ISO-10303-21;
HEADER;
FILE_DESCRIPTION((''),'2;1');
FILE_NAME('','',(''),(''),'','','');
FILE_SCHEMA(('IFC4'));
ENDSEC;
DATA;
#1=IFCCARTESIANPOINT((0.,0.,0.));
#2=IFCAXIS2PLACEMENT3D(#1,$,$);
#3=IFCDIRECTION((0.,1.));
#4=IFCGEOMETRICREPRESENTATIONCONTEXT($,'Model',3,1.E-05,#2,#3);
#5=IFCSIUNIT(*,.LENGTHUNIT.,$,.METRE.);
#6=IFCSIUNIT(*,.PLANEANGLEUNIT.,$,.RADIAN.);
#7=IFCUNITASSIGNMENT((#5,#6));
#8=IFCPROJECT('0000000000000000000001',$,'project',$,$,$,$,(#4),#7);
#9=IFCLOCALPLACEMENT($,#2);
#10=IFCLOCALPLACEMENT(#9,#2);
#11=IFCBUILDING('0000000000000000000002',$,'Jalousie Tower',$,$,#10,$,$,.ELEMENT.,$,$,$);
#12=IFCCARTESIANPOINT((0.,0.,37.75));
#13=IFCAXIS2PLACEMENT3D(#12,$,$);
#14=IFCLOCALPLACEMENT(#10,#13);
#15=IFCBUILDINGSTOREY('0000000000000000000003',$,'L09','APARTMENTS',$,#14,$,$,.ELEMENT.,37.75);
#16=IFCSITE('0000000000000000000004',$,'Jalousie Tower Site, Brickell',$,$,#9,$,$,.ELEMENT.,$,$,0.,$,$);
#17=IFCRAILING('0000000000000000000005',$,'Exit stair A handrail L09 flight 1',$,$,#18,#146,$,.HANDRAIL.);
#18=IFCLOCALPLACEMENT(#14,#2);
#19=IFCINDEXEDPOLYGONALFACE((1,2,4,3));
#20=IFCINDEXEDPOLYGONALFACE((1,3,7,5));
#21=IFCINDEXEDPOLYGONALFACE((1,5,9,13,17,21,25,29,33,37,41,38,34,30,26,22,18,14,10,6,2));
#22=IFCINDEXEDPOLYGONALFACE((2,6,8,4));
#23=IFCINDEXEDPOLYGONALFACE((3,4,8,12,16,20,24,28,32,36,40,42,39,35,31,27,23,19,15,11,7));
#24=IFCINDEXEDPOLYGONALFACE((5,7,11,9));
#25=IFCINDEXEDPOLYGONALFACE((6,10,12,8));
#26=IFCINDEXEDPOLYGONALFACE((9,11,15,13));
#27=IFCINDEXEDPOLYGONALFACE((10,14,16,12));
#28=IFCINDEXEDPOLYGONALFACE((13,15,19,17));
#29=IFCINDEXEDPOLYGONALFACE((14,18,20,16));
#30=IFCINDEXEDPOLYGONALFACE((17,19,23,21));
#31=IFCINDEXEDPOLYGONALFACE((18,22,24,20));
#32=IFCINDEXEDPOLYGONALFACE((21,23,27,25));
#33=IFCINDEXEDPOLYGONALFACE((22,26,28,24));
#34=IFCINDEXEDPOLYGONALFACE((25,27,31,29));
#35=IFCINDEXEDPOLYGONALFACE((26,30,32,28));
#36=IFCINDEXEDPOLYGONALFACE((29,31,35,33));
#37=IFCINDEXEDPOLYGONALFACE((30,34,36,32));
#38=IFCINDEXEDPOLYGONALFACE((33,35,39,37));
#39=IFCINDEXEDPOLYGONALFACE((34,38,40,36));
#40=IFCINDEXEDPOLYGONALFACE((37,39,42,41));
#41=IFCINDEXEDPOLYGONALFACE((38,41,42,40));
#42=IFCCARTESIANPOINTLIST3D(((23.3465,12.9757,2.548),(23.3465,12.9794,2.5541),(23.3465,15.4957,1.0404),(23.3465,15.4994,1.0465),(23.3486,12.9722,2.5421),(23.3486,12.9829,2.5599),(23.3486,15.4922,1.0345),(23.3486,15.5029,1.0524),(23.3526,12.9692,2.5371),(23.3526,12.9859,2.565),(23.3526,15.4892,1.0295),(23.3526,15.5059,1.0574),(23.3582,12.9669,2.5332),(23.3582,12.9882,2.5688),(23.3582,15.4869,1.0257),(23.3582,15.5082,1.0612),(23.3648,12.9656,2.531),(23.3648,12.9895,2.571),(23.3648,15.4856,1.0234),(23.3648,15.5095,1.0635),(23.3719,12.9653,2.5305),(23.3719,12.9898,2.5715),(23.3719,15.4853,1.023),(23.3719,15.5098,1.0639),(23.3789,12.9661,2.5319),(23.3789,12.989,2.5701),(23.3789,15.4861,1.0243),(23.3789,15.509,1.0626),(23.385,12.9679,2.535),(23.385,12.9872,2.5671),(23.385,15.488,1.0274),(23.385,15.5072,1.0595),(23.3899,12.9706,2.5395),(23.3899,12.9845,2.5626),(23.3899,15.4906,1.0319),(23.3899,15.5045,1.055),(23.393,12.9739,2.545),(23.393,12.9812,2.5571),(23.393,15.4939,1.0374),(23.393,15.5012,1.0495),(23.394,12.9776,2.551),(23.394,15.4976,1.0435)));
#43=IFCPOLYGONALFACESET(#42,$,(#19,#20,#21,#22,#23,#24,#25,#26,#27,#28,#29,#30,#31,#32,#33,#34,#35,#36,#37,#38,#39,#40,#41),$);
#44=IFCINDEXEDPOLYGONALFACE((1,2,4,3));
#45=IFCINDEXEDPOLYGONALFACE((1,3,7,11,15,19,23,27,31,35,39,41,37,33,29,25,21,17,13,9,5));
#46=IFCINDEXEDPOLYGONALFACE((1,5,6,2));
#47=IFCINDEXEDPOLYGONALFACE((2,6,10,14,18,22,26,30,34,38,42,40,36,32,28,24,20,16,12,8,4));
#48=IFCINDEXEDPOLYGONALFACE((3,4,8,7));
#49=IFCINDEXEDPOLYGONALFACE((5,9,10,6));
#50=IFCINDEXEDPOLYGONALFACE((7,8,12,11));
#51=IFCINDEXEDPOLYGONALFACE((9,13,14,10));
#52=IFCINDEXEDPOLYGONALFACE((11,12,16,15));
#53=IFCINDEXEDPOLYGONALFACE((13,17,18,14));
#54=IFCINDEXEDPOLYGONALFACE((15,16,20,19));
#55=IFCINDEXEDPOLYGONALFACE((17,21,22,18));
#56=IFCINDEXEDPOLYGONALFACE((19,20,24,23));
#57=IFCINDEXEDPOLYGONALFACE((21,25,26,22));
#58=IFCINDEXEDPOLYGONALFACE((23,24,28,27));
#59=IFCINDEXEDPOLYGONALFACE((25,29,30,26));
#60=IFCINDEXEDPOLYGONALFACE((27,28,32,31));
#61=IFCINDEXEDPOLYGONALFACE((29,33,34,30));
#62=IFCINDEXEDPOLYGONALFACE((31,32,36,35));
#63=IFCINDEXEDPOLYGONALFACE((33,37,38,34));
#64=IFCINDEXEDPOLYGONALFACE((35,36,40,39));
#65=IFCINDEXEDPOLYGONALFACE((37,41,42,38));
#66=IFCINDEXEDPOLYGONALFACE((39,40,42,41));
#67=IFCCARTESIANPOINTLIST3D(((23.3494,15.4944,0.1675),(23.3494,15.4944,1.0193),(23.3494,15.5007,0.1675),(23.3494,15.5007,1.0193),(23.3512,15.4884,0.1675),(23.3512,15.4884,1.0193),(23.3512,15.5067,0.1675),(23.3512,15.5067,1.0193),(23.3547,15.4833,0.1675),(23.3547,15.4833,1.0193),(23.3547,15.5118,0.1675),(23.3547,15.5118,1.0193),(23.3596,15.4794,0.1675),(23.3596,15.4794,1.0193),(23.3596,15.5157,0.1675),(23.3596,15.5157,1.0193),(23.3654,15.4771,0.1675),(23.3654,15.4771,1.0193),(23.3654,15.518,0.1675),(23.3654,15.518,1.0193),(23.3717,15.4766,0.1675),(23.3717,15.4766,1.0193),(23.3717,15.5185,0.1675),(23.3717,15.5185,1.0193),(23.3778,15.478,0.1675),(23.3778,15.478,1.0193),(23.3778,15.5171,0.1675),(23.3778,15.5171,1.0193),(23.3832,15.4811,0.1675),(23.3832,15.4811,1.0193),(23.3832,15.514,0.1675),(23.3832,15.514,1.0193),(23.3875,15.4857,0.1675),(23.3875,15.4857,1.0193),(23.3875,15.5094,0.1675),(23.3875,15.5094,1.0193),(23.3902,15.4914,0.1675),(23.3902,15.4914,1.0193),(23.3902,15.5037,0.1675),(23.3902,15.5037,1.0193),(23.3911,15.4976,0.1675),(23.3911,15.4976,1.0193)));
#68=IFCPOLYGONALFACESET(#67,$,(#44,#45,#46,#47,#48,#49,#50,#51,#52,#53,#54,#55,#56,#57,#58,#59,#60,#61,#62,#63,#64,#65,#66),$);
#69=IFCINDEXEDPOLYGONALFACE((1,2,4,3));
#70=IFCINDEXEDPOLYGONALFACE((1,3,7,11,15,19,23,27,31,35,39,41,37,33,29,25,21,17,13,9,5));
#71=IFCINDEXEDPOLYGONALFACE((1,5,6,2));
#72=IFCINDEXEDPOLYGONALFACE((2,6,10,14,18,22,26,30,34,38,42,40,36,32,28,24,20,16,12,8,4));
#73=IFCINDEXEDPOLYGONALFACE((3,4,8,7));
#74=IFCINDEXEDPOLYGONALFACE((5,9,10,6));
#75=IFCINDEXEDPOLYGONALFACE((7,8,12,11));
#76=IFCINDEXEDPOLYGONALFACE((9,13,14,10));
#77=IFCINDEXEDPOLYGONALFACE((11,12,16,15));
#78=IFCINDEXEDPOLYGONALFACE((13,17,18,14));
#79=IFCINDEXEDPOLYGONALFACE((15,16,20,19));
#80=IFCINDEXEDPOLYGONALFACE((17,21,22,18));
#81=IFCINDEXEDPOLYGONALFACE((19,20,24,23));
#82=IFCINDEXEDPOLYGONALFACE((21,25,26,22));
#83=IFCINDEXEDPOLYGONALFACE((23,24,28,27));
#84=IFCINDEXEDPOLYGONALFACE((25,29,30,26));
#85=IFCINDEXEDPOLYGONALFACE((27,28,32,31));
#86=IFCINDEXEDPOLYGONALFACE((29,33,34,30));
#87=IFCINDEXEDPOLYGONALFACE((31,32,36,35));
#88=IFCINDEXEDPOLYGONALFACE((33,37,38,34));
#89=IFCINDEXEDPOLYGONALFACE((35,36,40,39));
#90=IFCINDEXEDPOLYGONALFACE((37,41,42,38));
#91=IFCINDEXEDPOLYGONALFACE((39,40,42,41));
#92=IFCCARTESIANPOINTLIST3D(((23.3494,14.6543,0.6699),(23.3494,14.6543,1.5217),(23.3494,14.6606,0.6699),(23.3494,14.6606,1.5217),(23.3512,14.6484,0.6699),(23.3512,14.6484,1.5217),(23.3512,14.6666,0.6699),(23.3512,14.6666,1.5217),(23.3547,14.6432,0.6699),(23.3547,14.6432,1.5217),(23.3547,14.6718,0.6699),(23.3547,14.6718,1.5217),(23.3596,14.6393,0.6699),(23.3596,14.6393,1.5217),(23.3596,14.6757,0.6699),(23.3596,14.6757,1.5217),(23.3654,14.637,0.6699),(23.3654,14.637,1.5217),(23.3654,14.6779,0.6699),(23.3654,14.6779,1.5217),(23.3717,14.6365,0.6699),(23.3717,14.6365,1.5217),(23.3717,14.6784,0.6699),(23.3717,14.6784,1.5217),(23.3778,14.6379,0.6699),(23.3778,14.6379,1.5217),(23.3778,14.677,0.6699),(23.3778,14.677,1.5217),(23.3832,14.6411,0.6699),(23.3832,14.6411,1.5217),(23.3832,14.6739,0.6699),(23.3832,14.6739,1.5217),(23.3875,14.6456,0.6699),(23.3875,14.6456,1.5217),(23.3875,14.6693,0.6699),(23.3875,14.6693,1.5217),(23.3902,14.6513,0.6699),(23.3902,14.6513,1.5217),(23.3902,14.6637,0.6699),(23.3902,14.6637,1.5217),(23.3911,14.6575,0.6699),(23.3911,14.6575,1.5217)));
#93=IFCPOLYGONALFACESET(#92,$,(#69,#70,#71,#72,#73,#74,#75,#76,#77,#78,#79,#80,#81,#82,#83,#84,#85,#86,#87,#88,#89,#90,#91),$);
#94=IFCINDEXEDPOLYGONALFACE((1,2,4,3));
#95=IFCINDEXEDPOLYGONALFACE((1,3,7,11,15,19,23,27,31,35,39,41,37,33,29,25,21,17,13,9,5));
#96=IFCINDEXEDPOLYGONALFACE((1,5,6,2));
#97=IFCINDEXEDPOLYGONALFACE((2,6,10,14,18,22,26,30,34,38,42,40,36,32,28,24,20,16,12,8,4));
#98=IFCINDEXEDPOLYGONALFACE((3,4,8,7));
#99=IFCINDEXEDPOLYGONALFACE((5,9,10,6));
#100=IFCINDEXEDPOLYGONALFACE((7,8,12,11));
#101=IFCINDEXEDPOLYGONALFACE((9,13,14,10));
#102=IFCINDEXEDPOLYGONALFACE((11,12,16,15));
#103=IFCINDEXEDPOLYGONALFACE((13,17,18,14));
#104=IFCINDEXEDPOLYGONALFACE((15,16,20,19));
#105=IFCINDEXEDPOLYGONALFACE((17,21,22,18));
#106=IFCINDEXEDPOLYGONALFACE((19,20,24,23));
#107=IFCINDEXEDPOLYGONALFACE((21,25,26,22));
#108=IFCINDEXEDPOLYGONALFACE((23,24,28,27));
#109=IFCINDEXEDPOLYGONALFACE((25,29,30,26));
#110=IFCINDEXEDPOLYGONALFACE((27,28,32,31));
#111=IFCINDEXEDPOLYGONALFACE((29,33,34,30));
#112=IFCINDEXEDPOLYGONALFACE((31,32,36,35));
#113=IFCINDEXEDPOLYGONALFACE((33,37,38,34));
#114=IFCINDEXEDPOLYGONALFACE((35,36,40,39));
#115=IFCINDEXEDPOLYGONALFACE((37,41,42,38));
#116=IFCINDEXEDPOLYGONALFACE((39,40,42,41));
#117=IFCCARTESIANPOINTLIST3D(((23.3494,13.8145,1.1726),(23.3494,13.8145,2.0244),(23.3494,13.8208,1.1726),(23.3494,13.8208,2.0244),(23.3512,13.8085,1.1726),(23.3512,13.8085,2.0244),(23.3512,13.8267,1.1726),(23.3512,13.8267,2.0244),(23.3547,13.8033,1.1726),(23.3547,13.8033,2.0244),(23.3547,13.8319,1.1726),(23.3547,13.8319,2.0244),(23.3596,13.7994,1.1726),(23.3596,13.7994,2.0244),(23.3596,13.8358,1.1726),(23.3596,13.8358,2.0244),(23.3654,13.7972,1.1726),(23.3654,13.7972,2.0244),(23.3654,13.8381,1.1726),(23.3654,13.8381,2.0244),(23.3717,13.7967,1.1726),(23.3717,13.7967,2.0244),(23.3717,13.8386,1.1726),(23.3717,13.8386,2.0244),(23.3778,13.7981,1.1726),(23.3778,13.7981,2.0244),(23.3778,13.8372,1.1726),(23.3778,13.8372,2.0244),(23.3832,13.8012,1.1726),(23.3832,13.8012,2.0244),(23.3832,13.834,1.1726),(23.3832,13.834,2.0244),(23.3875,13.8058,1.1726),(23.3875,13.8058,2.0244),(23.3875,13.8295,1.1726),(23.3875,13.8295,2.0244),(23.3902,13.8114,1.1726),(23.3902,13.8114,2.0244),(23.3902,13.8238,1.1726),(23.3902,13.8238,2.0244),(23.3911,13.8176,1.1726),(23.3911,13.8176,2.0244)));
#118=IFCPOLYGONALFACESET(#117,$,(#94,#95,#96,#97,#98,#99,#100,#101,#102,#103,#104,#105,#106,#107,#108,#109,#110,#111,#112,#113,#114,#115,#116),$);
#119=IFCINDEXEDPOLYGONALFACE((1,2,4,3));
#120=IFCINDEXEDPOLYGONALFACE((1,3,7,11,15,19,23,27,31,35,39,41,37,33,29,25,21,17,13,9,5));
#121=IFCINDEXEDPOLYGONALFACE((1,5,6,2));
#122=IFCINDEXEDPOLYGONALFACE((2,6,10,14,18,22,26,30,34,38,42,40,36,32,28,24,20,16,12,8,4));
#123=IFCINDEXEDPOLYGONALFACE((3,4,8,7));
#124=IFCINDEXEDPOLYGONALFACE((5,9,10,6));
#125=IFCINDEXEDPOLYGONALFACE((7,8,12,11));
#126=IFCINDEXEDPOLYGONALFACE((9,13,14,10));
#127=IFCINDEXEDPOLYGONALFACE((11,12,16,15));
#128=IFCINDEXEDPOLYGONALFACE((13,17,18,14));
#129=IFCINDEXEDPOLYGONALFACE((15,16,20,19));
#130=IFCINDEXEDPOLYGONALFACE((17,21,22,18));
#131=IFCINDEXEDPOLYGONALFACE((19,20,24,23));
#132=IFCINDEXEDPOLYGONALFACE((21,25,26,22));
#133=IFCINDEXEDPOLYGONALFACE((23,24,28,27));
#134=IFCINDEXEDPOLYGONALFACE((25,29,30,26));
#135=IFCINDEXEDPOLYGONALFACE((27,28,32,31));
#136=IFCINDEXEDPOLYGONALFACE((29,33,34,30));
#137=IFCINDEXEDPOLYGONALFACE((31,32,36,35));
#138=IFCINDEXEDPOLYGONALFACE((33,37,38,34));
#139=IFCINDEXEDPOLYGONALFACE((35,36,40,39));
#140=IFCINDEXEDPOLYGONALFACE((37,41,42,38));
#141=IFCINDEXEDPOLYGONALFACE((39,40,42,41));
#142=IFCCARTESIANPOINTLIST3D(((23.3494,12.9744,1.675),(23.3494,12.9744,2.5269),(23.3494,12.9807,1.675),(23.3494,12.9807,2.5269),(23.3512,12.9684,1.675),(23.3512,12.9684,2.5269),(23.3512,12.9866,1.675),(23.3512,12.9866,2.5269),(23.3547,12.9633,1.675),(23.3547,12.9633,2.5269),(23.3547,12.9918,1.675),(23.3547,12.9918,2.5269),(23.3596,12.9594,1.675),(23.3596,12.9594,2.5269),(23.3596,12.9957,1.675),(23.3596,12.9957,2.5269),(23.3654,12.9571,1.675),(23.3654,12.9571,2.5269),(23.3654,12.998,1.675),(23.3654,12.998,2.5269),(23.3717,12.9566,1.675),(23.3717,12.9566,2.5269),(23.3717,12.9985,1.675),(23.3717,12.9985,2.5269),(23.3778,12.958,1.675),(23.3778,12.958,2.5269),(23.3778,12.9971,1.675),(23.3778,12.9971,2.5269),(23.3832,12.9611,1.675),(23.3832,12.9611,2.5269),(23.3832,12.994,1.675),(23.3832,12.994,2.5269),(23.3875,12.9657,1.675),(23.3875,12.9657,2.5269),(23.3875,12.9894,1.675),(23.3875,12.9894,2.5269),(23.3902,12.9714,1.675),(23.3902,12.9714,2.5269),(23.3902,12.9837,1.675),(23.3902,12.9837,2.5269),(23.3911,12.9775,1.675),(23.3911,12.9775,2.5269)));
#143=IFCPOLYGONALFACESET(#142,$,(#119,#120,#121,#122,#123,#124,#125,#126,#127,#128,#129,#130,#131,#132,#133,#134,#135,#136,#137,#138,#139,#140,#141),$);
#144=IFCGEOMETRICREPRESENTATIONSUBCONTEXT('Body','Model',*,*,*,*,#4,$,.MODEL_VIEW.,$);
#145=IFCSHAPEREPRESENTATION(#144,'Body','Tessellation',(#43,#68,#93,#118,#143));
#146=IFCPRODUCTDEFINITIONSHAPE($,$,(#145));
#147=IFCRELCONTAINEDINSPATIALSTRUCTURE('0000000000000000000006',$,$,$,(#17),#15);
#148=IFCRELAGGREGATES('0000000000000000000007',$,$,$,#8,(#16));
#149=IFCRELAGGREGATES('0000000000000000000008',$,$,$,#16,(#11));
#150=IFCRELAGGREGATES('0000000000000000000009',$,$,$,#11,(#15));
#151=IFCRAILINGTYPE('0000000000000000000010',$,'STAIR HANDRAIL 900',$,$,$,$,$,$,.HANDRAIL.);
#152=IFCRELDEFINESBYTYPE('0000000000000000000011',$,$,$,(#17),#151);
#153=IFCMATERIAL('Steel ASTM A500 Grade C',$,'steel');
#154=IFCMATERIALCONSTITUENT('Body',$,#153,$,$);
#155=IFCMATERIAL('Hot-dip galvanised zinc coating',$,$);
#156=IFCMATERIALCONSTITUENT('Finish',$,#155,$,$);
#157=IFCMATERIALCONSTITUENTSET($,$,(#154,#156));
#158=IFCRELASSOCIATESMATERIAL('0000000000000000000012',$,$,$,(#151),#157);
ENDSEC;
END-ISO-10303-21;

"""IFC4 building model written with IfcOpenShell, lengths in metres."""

from ifc_helpers import new_model, si_unit, direction, frame, origin, origin_2d, place, context, subcontext, project, spatial, circle, extrude, material, constituent, constituent_set, type_object, element, save


model = new_model("IFC4")

# Units and contexts
model_context = context("Model", 3, precision=1e-05, world=origin(), true_north=direction((0.0, 1.0)))
body_context = subcontext(model_context, "Body", "Model", "MODEL_VIEW")
ifc_project = project(units=[si_unit("LENGTHUNIT", "METRE"), si_unit("PLANEANGLEUNIT", "RADIAN")], contexts=[model_context])

# Site, building, storey
site_placement = place(None, origin())
site = spatial("IfcSite", under=ifc_project, at=site_placement, Name="Jalousie Tower Site, Brickell", CompositionType="ELEMENT", RefElevation=0.0)
building_placement = place(site_placement, origin())
building = spatial("IfcBuilding", under=site, at=building_placement, Name="Jalousie Tower", CompositionType="ELEMENT")
storey_placement = place(building_placement, frame((0.0, 0.0, 37.75)))
storey = spatial("IfcBuildingStorey", under=building, at=storey_placement, Name="L09", Description="APARTMENTS", CompositionType="ELEMENT", Elevation=37.75)

# Railing
ifc_material_1 = material(Name="Steel ASTM A500 Grade C", Category="steel")
ifc_constituent_1 = constituent(ifc_material_1, Name="Body")
ifc_material_2 = material(Name="Hot-dip galvanised zinc coating")
ifc_constituent_2 = constituent(ifc_material_2, Name="Finish")
ifc_constituent_set_1 = constituent_set(constituents=[ifc_constituent_1, ifc_constituent_2])
railing_type_1 = type_object("IfcRailingType", Name="STAIR HANDRAIL 900", PredefinedType="HANDRAIL", material=ifc_constituent_set_1)
railing_1_placement = place(storey_placement, frame((23.3701, 15.4976, 0.1675)))
element("IfcRailing", 1, at=railing_1_placement, inside=storey, type_object=railing_type_1, Name="Exit stair A handrail L09 flight 1", PredefinedType="HANDRAIL", context=body_context, shape_type="SweptSolid", body=[
    extrude(circle(Radius=0.0239, at=origin_2d()), frame((0.0, 0.0, 0.876), z_axis=(0.0, -0.85816, 0.513383), x_axis=(1.0, 0.0, 0.0)), (0.0, 0.0, 1.0), 2.9365),
    extrude(circle(Radius=0.021, at=origin_2d()), origin(), (0.0, 0.0, 1.0), 0.8518),
    extrude(circle(Radius=0.021, at=origin_2d()), frame((0.0, -0.8401, 0.5024)), (0.0, 0.0, 1.0), 0.8518),
    extrude(circle(Radius=0.021, at=origin_2d()), frame((0.0, -1.6799, 1.0051)), (0.0, 0.0, 1.0), 0.8518),
    extrude(circle(Radius=0.021, at=origin_2d()), frame((0.0, -2.52, 1.5076)), (0.0, 0.0, 1.0), 0.8518),
])

save(model, "model.ifc")
